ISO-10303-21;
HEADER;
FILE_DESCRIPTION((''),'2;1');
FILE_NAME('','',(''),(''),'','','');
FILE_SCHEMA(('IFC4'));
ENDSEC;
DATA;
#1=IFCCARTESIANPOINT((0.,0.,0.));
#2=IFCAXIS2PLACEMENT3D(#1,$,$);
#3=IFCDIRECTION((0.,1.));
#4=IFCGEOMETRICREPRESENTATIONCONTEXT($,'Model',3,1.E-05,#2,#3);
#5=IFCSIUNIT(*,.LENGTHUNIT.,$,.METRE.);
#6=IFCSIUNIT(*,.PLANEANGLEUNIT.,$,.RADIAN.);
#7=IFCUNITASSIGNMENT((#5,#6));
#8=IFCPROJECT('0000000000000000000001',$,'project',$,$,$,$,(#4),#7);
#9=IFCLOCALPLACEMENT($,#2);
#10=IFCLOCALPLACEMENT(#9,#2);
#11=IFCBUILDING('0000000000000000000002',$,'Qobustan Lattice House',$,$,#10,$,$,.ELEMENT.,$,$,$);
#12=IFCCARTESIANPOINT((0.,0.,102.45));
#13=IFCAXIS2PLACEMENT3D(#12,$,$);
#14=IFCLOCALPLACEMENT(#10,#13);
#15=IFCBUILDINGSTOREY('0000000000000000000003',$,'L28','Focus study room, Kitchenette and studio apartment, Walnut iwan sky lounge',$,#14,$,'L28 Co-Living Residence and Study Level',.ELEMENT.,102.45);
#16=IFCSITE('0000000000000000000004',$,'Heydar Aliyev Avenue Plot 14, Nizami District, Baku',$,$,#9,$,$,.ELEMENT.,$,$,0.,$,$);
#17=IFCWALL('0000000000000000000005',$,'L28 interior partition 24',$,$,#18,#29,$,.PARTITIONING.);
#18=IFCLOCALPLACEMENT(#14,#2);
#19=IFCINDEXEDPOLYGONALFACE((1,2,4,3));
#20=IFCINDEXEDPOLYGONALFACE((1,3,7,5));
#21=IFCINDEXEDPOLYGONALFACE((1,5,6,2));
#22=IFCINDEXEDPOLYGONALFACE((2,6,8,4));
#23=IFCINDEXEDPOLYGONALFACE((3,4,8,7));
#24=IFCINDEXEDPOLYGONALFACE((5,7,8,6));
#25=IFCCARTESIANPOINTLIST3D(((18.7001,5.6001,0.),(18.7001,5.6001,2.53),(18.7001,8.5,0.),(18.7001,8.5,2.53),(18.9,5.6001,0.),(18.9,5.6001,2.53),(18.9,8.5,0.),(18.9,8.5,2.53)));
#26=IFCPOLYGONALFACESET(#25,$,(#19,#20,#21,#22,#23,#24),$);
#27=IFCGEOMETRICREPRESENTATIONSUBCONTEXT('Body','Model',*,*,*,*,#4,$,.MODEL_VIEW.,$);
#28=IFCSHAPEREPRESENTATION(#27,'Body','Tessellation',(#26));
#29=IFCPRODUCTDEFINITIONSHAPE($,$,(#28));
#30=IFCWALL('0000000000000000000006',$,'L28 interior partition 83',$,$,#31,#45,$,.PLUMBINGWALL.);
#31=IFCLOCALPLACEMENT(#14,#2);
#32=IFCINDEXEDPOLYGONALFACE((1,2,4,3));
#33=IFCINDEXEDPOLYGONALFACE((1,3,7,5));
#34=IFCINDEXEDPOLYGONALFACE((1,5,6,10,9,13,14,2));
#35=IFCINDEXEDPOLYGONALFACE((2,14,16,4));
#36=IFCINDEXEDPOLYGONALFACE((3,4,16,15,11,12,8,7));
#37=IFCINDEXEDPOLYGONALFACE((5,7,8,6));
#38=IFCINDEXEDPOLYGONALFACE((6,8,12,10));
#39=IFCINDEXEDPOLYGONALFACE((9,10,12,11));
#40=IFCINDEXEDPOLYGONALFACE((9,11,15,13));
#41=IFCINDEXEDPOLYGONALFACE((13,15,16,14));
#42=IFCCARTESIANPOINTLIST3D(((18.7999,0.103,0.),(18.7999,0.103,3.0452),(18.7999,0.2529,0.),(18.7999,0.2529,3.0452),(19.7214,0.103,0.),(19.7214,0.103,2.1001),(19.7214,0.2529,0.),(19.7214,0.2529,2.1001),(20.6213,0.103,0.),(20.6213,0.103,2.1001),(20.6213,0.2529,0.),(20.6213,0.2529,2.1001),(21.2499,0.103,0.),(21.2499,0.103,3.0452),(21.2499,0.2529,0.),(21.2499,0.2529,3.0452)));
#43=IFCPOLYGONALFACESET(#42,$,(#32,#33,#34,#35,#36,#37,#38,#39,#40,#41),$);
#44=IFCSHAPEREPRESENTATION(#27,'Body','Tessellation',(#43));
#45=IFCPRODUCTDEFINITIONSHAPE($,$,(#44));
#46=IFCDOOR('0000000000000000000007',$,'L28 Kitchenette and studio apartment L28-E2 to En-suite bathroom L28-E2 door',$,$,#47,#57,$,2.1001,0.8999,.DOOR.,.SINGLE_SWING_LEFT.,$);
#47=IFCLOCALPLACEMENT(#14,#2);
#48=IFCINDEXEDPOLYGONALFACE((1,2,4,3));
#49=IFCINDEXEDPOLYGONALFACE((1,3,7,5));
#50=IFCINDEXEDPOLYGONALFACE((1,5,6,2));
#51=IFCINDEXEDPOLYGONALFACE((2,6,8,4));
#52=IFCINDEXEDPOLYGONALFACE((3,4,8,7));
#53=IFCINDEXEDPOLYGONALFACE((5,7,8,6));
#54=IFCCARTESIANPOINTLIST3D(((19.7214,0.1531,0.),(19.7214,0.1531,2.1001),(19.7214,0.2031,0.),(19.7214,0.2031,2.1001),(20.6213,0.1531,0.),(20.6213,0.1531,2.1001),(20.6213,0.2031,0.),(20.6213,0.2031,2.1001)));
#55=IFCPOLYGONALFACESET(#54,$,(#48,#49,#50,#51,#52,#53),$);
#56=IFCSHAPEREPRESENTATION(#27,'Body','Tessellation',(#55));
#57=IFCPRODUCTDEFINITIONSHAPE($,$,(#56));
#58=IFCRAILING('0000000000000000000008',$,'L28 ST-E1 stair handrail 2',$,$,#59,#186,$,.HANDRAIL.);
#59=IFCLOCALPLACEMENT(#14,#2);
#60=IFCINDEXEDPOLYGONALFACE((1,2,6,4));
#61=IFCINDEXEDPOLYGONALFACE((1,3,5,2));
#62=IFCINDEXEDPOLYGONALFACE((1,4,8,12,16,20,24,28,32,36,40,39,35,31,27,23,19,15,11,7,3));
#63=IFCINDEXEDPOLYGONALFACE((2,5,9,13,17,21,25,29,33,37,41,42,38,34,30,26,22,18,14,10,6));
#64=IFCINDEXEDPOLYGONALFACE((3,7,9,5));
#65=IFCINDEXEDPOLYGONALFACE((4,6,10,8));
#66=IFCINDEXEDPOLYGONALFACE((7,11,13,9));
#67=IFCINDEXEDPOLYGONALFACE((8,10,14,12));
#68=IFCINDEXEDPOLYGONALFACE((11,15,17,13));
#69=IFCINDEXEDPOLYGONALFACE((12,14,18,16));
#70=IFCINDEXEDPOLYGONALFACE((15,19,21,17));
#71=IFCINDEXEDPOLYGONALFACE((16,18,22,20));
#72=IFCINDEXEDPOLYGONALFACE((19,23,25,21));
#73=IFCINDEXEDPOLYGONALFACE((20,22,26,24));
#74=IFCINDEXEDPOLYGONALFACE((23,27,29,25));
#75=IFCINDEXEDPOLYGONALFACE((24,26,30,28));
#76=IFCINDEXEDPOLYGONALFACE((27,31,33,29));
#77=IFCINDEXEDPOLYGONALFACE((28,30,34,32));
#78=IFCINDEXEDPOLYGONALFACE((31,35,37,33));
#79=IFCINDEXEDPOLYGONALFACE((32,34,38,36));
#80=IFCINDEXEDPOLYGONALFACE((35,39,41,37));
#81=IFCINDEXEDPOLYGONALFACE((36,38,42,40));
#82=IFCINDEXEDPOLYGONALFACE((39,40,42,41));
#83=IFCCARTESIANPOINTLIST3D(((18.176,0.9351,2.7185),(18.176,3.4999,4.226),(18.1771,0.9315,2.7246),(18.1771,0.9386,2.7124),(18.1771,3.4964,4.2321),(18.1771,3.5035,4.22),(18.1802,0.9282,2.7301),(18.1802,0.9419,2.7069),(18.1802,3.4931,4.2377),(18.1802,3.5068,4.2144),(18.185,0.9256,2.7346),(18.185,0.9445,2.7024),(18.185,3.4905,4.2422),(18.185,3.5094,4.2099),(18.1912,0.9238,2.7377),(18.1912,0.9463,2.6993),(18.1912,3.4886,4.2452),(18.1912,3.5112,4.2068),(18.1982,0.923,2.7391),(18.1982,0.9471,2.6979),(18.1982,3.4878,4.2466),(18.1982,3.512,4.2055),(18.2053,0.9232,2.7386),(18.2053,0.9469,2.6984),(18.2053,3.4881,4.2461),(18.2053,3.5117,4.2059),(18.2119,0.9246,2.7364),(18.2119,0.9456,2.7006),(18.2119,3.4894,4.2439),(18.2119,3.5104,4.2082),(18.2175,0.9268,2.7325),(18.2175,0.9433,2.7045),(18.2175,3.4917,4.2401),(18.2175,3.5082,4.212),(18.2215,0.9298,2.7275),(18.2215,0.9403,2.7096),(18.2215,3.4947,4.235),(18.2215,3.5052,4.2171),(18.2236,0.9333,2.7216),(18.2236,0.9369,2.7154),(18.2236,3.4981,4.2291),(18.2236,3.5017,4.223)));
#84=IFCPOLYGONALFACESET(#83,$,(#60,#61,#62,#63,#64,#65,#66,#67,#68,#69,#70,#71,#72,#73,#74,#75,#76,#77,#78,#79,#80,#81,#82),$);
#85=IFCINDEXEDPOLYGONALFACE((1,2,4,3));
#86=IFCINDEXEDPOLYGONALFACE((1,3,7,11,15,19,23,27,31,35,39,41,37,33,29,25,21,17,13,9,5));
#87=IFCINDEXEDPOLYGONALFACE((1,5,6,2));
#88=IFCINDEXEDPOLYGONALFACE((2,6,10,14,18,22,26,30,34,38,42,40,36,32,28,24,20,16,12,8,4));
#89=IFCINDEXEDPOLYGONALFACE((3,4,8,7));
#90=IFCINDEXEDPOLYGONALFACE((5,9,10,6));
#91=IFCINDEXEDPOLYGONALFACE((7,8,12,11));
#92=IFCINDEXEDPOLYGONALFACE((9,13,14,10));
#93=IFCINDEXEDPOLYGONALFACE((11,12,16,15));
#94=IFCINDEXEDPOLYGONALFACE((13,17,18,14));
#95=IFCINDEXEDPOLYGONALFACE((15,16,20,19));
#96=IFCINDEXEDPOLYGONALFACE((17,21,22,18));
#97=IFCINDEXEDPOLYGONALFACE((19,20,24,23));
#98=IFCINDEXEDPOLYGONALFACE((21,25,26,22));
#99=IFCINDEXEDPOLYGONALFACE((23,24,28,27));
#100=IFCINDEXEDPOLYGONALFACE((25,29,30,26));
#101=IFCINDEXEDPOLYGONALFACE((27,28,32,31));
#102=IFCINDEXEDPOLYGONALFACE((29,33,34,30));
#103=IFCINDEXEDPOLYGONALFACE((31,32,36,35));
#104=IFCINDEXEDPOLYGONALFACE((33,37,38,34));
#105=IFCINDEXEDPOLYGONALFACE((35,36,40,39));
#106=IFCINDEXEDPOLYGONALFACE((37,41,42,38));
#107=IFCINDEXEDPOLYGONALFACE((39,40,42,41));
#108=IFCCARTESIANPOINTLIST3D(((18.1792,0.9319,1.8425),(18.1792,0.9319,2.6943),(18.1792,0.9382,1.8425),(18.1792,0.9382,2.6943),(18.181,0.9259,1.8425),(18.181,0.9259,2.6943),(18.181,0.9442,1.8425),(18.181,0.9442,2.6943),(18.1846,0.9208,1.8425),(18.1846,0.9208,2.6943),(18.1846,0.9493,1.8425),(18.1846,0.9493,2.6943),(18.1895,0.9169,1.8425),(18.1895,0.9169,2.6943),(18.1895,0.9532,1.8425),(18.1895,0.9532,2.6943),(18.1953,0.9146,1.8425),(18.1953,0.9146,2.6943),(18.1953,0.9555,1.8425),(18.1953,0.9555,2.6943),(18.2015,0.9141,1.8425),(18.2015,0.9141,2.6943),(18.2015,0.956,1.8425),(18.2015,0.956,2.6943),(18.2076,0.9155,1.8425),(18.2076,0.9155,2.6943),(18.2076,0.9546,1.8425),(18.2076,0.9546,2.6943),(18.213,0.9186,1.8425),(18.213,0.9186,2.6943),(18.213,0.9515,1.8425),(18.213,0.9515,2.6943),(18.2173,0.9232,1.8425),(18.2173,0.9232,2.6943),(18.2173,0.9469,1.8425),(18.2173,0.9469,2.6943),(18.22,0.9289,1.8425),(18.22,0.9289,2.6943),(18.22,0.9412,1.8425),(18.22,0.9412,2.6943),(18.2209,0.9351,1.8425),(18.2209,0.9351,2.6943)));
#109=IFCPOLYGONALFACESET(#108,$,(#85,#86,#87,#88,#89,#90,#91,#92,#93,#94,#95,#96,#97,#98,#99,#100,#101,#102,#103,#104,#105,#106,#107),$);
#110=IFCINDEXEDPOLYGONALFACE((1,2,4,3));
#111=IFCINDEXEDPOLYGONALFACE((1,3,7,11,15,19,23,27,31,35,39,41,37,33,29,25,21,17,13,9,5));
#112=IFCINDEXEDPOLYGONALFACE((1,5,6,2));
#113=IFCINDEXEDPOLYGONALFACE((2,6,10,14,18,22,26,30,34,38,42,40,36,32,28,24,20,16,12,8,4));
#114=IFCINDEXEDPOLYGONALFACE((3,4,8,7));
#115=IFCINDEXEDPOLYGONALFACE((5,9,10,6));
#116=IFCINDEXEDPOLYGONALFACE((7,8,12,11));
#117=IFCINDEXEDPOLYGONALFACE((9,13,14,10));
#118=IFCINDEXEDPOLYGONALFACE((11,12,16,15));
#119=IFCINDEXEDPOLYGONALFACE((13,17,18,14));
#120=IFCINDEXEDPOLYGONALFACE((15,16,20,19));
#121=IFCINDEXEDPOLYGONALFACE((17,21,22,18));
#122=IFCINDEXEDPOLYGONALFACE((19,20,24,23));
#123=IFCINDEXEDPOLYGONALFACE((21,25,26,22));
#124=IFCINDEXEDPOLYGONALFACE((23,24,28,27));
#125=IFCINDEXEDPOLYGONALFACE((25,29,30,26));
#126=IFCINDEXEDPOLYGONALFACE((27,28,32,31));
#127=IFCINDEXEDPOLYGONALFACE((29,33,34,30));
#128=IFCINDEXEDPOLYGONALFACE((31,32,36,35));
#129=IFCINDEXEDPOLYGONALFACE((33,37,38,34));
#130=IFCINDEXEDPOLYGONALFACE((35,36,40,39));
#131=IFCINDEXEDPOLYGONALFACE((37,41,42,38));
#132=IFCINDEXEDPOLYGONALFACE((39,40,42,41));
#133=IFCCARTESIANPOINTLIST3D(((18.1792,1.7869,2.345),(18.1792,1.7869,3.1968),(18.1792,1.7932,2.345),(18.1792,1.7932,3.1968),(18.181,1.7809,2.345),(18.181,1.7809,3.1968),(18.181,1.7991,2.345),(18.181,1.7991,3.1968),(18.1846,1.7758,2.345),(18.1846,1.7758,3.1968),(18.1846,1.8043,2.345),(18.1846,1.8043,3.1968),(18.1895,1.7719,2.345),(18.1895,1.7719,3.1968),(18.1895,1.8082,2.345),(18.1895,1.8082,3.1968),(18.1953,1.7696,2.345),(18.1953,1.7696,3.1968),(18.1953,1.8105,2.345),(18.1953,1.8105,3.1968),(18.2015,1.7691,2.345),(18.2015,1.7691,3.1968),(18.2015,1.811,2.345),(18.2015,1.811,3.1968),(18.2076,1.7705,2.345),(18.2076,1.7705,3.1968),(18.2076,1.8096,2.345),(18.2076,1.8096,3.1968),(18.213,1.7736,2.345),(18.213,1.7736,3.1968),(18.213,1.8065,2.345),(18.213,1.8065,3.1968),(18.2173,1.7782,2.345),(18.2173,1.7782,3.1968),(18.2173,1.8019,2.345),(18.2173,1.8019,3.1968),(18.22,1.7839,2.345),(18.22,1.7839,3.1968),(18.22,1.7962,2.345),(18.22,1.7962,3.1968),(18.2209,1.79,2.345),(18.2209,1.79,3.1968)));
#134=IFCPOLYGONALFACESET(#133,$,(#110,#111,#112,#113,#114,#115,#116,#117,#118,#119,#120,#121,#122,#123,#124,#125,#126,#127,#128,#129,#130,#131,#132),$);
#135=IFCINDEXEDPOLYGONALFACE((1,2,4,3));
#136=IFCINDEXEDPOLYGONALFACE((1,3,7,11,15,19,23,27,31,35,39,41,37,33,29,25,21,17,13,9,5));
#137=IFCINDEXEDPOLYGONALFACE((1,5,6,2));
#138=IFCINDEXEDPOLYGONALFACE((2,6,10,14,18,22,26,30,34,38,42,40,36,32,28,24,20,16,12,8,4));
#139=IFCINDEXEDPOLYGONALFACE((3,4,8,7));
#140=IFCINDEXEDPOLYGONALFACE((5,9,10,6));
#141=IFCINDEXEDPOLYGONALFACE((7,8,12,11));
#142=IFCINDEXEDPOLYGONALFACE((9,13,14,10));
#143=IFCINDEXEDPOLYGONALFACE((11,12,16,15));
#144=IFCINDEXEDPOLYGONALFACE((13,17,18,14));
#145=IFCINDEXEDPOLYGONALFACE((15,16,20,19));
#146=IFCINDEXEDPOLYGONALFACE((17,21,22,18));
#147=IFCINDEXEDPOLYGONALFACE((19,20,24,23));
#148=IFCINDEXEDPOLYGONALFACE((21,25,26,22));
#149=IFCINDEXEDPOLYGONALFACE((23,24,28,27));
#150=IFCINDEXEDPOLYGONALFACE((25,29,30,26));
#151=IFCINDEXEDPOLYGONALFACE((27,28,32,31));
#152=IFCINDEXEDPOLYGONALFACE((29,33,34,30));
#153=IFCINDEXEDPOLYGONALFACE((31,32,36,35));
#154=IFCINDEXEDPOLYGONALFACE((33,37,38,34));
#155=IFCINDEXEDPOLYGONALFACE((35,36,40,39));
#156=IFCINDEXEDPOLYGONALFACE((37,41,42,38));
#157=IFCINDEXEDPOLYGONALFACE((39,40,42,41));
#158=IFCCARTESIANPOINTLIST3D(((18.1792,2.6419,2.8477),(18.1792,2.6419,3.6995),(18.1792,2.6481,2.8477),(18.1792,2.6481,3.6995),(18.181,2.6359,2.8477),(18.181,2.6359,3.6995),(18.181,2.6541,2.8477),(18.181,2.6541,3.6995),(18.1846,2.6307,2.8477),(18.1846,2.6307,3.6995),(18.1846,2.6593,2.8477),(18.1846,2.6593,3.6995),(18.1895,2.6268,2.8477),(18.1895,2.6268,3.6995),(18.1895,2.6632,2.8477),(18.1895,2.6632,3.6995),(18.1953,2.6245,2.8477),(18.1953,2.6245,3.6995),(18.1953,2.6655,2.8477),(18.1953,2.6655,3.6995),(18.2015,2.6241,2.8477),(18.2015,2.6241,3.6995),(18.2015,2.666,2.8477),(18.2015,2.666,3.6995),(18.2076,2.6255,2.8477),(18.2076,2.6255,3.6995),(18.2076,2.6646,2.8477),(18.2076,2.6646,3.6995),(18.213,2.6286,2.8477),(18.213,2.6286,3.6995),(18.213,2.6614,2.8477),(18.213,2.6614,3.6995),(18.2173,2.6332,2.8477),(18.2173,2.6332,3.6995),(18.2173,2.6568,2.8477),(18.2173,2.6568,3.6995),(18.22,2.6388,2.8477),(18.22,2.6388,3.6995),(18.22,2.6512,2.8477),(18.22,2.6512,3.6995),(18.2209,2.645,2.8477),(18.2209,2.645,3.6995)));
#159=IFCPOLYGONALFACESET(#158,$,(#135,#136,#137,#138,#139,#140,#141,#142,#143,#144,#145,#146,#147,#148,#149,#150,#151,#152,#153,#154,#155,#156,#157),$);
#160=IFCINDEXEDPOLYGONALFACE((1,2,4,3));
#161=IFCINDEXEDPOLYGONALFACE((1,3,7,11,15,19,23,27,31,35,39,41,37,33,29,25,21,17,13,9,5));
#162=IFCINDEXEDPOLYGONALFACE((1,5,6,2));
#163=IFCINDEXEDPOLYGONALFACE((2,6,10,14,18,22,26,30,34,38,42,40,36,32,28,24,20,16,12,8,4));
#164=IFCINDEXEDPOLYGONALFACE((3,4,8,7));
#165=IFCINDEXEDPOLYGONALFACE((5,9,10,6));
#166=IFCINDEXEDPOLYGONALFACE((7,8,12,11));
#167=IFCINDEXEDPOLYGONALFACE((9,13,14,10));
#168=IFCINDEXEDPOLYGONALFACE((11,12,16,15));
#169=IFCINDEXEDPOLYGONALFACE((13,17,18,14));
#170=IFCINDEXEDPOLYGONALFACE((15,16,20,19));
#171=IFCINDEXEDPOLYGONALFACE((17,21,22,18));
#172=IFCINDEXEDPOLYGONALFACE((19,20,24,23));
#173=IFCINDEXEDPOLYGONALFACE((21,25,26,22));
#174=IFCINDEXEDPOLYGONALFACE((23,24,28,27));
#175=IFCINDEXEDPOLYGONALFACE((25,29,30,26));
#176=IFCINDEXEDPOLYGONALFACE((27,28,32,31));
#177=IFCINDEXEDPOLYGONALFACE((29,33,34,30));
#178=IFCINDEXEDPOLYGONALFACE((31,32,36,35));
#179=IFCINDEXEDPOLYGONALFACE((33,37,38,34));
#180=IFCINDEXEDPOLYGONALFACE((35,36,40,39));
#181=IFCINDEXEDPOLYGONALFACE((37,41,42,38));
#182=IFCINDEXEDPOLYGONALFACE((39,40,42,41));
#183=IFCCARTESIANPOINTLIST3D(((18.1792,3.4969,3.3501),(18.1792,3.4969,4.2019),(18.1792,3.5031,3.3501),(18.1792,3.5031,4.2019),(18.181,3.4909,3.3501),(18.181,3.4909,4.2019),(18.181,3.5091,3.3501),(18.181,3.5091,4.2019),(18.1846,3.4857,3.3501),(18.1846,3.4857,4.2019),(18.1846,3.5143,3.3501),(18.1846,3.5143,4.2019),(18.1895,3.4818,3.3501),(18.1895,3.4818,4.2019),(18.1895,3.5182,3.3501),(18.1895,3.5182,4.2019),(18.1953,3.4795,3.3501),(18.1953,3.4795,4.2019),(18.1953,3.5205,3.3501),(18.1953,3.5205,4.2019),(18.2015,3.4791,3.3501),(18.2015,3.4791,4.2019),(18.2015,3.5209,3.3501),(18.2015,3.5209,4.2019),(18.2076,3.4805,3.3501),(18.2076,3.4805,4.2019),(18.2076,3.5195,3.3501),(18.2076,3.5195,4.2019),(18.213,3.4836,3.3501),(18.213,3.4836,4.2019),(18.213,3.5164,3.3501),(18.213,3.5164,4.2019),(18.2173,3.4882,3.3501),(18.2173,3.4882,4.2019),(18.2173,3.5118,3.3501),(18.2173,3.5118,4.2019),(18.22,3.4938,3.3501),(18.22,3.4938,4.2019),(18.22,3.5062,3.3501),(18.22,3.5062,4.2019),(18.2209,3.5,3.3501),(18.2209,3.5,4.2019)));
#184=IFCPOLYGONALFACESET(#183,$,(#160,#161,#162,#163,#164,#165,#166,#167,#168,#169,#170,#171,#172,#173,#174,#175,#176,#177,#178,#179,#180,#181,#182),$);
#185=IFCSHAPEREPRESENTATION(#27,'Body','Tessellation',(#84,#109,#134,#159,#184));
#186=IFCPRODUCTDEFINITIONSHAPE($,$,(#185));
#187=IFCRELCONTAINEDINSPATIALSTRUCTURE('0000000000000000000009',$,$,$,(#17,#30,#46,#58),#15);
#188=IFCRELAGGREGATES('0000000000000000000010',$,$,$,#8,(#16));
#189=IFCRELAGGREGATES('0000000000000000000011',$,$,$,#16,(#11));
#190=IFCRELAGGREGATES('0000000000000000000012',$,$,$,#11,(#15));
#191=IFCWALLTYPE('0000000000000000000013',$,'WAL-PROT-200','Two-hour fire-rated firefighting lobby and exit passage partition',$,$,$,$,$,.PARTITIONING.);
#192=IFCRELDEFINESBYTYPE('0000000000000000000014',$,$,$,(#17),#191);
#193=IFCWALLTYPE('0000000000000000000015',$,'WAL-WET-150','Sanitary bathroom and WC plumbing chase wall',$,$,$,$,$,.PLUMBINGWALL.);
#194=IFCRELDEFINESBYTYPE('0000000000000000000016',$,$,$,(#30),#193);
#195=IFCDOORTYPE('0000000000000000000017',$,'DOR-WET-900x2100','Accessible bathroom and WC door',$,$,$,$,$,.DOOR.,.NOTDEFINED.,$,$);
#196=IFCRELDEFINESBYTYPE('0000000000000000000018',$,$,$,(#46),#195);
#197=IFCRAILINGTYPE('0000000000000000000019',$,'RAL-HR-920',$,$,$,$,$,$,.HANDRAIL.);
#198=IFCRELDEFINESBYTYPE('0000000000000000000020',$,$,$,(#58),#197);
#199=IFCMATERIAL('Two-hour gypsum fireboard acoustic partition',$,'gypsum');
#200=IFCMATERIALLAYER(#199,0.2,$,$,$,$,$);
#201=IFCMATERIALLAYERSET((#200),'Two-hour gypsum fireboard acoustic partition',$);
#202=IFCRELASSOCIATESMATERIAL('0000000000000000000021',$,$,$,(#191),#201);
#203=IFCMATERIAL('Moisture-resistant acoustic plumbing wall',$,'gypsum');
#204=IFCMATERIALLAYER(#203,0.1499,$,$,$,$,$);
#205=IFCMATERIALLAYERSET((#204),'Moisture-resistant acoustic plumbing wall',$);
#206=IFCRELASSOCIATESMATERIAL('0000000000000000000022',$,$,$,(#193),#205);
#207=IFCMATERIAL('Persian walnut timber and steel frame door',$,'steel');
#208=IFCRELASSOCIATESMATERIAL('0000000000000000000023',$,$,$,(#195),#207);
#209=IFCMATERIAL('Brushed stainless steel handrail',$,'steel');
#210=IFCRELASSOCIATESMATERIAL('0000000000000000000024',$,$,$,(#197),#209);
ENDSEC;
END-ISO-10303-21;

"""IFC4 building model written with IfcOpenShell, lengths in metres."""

from ifc_helpers import new_model, si_unit, direction, frame, frame_2d, origin, origin_2d, place, context, subcontext, project, spatial, rectangle, circle, extrude, material, layer, layer_set, type_object, element, fill, save


model = new_model("IFC4")

# Units and contexts
model_context = context("Model", 3, precision=1e-05, world=origin(), true_north=direction((0.0, 1.0)))
body_context = subcontext(model_context, "Body", "Model", "MODEL_VIEW")
ifc_project = project(units=[si_unit("LENGTHUNIT", "METRE"), si_unit("PLANEANGLEUNIT", "RADIAN")], contexts=[model_context])

# Site, building, storey
site_placement = place(None, origin())
site = spatial("IfcSite", under=ifc_project, at=site_placement, Name="Heydar Aliyev Avenue Plot 14, Nizami District, Baku", CompositionType="ELEMENT", RefElevation=0.0)
building_placement = place(site_placement, origin())
building = spatial("IfcBuilding", under=site, at=building_placement, Name="Qobustan Lattice House", CompositionType="ELEMENT")
storey_placement = place(building_placement, frame((0.0, 0.0, 102.45)))
storey = spatial("IfcBuildingStorey", under=building, at=storey_placement, Name="L28", Description="Focus study room, Kitchenette and studio apartment, Walnut iwan sky lounge", LongName="L28 Co-Living Residence and Study Level", CompositionType="ELEMENT", Elevation=102.45)

# Shared definitions
ifc_material_1 = material(Name="Two-hour gypsum fireboard acoustic partition", Category="gypsum")
ifc_layer_1 = layer(ifc_material_1, 0.2)
ifc_layer_set_1 = layer_set([ifc_layer_1], Name="Two-hour gypsum fireboard acoustic partition")
wall_type_1 = type_object("IfcWallType", Name="WAL-PROT-200", Description="Two-hour fire-rated firefighting lobby and exit passage partition", PredefinedType="PARTITIONING", material=ifc_layer_set_1)

# Wall
wall_1_placement = place(storey_placement, frame((18.8, 5.6001, 0.0), z_axis=(0.0, 0.0, 1.0), x_axis=(0.0, 1.0, 0.0)))
element("IfcWall", 1, at=wall_1_placement, inside=storey, type_object=wall_type_1, Name="L28 interior partition 24", PredefinedType="PARTITIONING", context=body_context, shape_type="SweptSolid", body=[
    extrude(rectangle(XDim=2.8999, YDim=0.2, at=frame_2d((1.45, 0.0))), origin(), (0.0, 0.0, 1.0), 2.53),
])

# Wall, opening, door
ifc_material_2 = material(Name="Moisture-resistant acoustic plumbing wall", Category="gypsum")
ifc_layer_2 = layer(ifc_material_2, 0.1499)
ifc_layer_set_2 = layer_set([ifc_layer_2], Name="Moisture-resistant acoustic plumbing wall")
wall_type_2 = type_object("IfcWallType", Name="WAL-WET-150", Description="Sanitary bathroom and WC plumbing chase wall", PredefinedType="PLUMBINGWALL", material=ifc_layer_set_2)
wall_2_placement = place(storey_placement, frame((21.25, 0.178, 0.0), z_axis=(0.0, 0.0, 1.0), x_axis=(-1.0, 0.0, 0.0)))
wall_2 = element("IfcWall", 2, at=wall_2_placement, inside=storey, type_object=wall_type_2, Name="L28 interior partition 83", PredefinedType="PLUMBINGWALL", context=body_context, shape_type="SweptSolid", body=[
    extrude(rectangle(XDim=2.45, YDim=0.1499, at=frame_2d((1.2251, 0.0))), origin(), (0.0, 0.0, 1.0), 3.0452),
])
opening_1_placement = place(wall_2_placement, frame((0.6287, 0.0, 0.0)))
opening_1 = element("IfcOpeningElement", 3, at=opening_1_placement, cuts=wall_2, PredefinedType="OPENING", context=body_context, shape_type="SweptSolid", body=[
    extrude(rectangle(XDim=0.8999, YDim=2.1001, at=frame_2d((0.45, 1.05))), frame((0.0, 0.085, 0.0), z_axis=(0.0, -1.0, 0.0), x_axis=(1.0, 0.0, 0.0)), (0.0, 0.0, 1.0), 0.1699),
])
ifc_material_3 = material(Name="Persian walnut timber and steel frame door", Category="steel")
door_type_1 = type_object("IfcDoorType", Name="DOR-WET-900x2100", Description="Accessible bathroom and WC door", OperationType="NOTDEFINED", PredefinedType="DOOR", material=ifc_material_3)
door_1_placement = place(opening_1_placement, origin())
door_1 = element("IfcDoor", 4, at=door_1_placement, inside=storey, type_object=door_type_1, Name="L28 Kitchenette and studio apartment L28-E2 to En-suite bathroom L28-E2 door", OperationType="SINGLE_SWING_LEFT", OverallHeight=2.1001, OverallWidth=0.8999, PredefinedType="DOOR", context=body_context, shape_type="SweptSolid", body=[
    extrude(rectangle(XDim=0.8999, YDim=2.1001, at=frame_2d((0.45, 1.05))), frame((0.0, 0.0249, 0.0), z_axis=(0.0, -1.0, 0.0), x_axis=(1.0, 0.0, 0.0)), (0.0, 0.0, 1.0), 0.05),
])
fill(opening_1, door_1)

# Railing
ifc_material_4 = material(Name="Brushed stainless steel handrail", Category="steel")
railing_type = type_object("IfcRailingType", Name="RAL-HR-920", PredefinedType="HANDRAIL", material=ifc_material_4)
railing_placement = place(storey_placement, frame((18.2, 0.9351, 1.8425)))
element("IfcRailing", 5, at=railing_placement, inside=storey, type_object=railing_type, Name="L28 ST-E1 stair handrail 2", PredefinedType="HANDRAIL", context=body_context, shape_type="SweptSolid", body=[
    extrude(circle(Radius=0.0239, at=origin_2d()), frame((0.0, 0.0, 0.876), z_axis=(0.0, 0.862113, 0.506715), x_axis=(-1.0, 0.0, 0.0)), (0.0, 0.0, 1.0), 2.9751),
    extrude(circle(Radius=0.021, at=origin_2d()), origin(), (0.0, 0.0, 1.0), 0.8518),
    extrude(circle(Radius=0.021, at=origin_2d()), frame((0.0, 0.855, 0.5024)), (0.0, 0.0, 1.0), 0.8518),
    extrude(circle(Radius=0.021, at=origin_2d()), frame((0.0, 1.71, 1.0051)), (0.0, 0.0, 1.0), 0.8518),
    extrude(circle(Radius=0.021, at=origin_2d()), frame((0.0, 2.5649, 1.5076)), (0.0, 0.0, 1.0), 0.8518),
])

save(model, "model.ifc")
